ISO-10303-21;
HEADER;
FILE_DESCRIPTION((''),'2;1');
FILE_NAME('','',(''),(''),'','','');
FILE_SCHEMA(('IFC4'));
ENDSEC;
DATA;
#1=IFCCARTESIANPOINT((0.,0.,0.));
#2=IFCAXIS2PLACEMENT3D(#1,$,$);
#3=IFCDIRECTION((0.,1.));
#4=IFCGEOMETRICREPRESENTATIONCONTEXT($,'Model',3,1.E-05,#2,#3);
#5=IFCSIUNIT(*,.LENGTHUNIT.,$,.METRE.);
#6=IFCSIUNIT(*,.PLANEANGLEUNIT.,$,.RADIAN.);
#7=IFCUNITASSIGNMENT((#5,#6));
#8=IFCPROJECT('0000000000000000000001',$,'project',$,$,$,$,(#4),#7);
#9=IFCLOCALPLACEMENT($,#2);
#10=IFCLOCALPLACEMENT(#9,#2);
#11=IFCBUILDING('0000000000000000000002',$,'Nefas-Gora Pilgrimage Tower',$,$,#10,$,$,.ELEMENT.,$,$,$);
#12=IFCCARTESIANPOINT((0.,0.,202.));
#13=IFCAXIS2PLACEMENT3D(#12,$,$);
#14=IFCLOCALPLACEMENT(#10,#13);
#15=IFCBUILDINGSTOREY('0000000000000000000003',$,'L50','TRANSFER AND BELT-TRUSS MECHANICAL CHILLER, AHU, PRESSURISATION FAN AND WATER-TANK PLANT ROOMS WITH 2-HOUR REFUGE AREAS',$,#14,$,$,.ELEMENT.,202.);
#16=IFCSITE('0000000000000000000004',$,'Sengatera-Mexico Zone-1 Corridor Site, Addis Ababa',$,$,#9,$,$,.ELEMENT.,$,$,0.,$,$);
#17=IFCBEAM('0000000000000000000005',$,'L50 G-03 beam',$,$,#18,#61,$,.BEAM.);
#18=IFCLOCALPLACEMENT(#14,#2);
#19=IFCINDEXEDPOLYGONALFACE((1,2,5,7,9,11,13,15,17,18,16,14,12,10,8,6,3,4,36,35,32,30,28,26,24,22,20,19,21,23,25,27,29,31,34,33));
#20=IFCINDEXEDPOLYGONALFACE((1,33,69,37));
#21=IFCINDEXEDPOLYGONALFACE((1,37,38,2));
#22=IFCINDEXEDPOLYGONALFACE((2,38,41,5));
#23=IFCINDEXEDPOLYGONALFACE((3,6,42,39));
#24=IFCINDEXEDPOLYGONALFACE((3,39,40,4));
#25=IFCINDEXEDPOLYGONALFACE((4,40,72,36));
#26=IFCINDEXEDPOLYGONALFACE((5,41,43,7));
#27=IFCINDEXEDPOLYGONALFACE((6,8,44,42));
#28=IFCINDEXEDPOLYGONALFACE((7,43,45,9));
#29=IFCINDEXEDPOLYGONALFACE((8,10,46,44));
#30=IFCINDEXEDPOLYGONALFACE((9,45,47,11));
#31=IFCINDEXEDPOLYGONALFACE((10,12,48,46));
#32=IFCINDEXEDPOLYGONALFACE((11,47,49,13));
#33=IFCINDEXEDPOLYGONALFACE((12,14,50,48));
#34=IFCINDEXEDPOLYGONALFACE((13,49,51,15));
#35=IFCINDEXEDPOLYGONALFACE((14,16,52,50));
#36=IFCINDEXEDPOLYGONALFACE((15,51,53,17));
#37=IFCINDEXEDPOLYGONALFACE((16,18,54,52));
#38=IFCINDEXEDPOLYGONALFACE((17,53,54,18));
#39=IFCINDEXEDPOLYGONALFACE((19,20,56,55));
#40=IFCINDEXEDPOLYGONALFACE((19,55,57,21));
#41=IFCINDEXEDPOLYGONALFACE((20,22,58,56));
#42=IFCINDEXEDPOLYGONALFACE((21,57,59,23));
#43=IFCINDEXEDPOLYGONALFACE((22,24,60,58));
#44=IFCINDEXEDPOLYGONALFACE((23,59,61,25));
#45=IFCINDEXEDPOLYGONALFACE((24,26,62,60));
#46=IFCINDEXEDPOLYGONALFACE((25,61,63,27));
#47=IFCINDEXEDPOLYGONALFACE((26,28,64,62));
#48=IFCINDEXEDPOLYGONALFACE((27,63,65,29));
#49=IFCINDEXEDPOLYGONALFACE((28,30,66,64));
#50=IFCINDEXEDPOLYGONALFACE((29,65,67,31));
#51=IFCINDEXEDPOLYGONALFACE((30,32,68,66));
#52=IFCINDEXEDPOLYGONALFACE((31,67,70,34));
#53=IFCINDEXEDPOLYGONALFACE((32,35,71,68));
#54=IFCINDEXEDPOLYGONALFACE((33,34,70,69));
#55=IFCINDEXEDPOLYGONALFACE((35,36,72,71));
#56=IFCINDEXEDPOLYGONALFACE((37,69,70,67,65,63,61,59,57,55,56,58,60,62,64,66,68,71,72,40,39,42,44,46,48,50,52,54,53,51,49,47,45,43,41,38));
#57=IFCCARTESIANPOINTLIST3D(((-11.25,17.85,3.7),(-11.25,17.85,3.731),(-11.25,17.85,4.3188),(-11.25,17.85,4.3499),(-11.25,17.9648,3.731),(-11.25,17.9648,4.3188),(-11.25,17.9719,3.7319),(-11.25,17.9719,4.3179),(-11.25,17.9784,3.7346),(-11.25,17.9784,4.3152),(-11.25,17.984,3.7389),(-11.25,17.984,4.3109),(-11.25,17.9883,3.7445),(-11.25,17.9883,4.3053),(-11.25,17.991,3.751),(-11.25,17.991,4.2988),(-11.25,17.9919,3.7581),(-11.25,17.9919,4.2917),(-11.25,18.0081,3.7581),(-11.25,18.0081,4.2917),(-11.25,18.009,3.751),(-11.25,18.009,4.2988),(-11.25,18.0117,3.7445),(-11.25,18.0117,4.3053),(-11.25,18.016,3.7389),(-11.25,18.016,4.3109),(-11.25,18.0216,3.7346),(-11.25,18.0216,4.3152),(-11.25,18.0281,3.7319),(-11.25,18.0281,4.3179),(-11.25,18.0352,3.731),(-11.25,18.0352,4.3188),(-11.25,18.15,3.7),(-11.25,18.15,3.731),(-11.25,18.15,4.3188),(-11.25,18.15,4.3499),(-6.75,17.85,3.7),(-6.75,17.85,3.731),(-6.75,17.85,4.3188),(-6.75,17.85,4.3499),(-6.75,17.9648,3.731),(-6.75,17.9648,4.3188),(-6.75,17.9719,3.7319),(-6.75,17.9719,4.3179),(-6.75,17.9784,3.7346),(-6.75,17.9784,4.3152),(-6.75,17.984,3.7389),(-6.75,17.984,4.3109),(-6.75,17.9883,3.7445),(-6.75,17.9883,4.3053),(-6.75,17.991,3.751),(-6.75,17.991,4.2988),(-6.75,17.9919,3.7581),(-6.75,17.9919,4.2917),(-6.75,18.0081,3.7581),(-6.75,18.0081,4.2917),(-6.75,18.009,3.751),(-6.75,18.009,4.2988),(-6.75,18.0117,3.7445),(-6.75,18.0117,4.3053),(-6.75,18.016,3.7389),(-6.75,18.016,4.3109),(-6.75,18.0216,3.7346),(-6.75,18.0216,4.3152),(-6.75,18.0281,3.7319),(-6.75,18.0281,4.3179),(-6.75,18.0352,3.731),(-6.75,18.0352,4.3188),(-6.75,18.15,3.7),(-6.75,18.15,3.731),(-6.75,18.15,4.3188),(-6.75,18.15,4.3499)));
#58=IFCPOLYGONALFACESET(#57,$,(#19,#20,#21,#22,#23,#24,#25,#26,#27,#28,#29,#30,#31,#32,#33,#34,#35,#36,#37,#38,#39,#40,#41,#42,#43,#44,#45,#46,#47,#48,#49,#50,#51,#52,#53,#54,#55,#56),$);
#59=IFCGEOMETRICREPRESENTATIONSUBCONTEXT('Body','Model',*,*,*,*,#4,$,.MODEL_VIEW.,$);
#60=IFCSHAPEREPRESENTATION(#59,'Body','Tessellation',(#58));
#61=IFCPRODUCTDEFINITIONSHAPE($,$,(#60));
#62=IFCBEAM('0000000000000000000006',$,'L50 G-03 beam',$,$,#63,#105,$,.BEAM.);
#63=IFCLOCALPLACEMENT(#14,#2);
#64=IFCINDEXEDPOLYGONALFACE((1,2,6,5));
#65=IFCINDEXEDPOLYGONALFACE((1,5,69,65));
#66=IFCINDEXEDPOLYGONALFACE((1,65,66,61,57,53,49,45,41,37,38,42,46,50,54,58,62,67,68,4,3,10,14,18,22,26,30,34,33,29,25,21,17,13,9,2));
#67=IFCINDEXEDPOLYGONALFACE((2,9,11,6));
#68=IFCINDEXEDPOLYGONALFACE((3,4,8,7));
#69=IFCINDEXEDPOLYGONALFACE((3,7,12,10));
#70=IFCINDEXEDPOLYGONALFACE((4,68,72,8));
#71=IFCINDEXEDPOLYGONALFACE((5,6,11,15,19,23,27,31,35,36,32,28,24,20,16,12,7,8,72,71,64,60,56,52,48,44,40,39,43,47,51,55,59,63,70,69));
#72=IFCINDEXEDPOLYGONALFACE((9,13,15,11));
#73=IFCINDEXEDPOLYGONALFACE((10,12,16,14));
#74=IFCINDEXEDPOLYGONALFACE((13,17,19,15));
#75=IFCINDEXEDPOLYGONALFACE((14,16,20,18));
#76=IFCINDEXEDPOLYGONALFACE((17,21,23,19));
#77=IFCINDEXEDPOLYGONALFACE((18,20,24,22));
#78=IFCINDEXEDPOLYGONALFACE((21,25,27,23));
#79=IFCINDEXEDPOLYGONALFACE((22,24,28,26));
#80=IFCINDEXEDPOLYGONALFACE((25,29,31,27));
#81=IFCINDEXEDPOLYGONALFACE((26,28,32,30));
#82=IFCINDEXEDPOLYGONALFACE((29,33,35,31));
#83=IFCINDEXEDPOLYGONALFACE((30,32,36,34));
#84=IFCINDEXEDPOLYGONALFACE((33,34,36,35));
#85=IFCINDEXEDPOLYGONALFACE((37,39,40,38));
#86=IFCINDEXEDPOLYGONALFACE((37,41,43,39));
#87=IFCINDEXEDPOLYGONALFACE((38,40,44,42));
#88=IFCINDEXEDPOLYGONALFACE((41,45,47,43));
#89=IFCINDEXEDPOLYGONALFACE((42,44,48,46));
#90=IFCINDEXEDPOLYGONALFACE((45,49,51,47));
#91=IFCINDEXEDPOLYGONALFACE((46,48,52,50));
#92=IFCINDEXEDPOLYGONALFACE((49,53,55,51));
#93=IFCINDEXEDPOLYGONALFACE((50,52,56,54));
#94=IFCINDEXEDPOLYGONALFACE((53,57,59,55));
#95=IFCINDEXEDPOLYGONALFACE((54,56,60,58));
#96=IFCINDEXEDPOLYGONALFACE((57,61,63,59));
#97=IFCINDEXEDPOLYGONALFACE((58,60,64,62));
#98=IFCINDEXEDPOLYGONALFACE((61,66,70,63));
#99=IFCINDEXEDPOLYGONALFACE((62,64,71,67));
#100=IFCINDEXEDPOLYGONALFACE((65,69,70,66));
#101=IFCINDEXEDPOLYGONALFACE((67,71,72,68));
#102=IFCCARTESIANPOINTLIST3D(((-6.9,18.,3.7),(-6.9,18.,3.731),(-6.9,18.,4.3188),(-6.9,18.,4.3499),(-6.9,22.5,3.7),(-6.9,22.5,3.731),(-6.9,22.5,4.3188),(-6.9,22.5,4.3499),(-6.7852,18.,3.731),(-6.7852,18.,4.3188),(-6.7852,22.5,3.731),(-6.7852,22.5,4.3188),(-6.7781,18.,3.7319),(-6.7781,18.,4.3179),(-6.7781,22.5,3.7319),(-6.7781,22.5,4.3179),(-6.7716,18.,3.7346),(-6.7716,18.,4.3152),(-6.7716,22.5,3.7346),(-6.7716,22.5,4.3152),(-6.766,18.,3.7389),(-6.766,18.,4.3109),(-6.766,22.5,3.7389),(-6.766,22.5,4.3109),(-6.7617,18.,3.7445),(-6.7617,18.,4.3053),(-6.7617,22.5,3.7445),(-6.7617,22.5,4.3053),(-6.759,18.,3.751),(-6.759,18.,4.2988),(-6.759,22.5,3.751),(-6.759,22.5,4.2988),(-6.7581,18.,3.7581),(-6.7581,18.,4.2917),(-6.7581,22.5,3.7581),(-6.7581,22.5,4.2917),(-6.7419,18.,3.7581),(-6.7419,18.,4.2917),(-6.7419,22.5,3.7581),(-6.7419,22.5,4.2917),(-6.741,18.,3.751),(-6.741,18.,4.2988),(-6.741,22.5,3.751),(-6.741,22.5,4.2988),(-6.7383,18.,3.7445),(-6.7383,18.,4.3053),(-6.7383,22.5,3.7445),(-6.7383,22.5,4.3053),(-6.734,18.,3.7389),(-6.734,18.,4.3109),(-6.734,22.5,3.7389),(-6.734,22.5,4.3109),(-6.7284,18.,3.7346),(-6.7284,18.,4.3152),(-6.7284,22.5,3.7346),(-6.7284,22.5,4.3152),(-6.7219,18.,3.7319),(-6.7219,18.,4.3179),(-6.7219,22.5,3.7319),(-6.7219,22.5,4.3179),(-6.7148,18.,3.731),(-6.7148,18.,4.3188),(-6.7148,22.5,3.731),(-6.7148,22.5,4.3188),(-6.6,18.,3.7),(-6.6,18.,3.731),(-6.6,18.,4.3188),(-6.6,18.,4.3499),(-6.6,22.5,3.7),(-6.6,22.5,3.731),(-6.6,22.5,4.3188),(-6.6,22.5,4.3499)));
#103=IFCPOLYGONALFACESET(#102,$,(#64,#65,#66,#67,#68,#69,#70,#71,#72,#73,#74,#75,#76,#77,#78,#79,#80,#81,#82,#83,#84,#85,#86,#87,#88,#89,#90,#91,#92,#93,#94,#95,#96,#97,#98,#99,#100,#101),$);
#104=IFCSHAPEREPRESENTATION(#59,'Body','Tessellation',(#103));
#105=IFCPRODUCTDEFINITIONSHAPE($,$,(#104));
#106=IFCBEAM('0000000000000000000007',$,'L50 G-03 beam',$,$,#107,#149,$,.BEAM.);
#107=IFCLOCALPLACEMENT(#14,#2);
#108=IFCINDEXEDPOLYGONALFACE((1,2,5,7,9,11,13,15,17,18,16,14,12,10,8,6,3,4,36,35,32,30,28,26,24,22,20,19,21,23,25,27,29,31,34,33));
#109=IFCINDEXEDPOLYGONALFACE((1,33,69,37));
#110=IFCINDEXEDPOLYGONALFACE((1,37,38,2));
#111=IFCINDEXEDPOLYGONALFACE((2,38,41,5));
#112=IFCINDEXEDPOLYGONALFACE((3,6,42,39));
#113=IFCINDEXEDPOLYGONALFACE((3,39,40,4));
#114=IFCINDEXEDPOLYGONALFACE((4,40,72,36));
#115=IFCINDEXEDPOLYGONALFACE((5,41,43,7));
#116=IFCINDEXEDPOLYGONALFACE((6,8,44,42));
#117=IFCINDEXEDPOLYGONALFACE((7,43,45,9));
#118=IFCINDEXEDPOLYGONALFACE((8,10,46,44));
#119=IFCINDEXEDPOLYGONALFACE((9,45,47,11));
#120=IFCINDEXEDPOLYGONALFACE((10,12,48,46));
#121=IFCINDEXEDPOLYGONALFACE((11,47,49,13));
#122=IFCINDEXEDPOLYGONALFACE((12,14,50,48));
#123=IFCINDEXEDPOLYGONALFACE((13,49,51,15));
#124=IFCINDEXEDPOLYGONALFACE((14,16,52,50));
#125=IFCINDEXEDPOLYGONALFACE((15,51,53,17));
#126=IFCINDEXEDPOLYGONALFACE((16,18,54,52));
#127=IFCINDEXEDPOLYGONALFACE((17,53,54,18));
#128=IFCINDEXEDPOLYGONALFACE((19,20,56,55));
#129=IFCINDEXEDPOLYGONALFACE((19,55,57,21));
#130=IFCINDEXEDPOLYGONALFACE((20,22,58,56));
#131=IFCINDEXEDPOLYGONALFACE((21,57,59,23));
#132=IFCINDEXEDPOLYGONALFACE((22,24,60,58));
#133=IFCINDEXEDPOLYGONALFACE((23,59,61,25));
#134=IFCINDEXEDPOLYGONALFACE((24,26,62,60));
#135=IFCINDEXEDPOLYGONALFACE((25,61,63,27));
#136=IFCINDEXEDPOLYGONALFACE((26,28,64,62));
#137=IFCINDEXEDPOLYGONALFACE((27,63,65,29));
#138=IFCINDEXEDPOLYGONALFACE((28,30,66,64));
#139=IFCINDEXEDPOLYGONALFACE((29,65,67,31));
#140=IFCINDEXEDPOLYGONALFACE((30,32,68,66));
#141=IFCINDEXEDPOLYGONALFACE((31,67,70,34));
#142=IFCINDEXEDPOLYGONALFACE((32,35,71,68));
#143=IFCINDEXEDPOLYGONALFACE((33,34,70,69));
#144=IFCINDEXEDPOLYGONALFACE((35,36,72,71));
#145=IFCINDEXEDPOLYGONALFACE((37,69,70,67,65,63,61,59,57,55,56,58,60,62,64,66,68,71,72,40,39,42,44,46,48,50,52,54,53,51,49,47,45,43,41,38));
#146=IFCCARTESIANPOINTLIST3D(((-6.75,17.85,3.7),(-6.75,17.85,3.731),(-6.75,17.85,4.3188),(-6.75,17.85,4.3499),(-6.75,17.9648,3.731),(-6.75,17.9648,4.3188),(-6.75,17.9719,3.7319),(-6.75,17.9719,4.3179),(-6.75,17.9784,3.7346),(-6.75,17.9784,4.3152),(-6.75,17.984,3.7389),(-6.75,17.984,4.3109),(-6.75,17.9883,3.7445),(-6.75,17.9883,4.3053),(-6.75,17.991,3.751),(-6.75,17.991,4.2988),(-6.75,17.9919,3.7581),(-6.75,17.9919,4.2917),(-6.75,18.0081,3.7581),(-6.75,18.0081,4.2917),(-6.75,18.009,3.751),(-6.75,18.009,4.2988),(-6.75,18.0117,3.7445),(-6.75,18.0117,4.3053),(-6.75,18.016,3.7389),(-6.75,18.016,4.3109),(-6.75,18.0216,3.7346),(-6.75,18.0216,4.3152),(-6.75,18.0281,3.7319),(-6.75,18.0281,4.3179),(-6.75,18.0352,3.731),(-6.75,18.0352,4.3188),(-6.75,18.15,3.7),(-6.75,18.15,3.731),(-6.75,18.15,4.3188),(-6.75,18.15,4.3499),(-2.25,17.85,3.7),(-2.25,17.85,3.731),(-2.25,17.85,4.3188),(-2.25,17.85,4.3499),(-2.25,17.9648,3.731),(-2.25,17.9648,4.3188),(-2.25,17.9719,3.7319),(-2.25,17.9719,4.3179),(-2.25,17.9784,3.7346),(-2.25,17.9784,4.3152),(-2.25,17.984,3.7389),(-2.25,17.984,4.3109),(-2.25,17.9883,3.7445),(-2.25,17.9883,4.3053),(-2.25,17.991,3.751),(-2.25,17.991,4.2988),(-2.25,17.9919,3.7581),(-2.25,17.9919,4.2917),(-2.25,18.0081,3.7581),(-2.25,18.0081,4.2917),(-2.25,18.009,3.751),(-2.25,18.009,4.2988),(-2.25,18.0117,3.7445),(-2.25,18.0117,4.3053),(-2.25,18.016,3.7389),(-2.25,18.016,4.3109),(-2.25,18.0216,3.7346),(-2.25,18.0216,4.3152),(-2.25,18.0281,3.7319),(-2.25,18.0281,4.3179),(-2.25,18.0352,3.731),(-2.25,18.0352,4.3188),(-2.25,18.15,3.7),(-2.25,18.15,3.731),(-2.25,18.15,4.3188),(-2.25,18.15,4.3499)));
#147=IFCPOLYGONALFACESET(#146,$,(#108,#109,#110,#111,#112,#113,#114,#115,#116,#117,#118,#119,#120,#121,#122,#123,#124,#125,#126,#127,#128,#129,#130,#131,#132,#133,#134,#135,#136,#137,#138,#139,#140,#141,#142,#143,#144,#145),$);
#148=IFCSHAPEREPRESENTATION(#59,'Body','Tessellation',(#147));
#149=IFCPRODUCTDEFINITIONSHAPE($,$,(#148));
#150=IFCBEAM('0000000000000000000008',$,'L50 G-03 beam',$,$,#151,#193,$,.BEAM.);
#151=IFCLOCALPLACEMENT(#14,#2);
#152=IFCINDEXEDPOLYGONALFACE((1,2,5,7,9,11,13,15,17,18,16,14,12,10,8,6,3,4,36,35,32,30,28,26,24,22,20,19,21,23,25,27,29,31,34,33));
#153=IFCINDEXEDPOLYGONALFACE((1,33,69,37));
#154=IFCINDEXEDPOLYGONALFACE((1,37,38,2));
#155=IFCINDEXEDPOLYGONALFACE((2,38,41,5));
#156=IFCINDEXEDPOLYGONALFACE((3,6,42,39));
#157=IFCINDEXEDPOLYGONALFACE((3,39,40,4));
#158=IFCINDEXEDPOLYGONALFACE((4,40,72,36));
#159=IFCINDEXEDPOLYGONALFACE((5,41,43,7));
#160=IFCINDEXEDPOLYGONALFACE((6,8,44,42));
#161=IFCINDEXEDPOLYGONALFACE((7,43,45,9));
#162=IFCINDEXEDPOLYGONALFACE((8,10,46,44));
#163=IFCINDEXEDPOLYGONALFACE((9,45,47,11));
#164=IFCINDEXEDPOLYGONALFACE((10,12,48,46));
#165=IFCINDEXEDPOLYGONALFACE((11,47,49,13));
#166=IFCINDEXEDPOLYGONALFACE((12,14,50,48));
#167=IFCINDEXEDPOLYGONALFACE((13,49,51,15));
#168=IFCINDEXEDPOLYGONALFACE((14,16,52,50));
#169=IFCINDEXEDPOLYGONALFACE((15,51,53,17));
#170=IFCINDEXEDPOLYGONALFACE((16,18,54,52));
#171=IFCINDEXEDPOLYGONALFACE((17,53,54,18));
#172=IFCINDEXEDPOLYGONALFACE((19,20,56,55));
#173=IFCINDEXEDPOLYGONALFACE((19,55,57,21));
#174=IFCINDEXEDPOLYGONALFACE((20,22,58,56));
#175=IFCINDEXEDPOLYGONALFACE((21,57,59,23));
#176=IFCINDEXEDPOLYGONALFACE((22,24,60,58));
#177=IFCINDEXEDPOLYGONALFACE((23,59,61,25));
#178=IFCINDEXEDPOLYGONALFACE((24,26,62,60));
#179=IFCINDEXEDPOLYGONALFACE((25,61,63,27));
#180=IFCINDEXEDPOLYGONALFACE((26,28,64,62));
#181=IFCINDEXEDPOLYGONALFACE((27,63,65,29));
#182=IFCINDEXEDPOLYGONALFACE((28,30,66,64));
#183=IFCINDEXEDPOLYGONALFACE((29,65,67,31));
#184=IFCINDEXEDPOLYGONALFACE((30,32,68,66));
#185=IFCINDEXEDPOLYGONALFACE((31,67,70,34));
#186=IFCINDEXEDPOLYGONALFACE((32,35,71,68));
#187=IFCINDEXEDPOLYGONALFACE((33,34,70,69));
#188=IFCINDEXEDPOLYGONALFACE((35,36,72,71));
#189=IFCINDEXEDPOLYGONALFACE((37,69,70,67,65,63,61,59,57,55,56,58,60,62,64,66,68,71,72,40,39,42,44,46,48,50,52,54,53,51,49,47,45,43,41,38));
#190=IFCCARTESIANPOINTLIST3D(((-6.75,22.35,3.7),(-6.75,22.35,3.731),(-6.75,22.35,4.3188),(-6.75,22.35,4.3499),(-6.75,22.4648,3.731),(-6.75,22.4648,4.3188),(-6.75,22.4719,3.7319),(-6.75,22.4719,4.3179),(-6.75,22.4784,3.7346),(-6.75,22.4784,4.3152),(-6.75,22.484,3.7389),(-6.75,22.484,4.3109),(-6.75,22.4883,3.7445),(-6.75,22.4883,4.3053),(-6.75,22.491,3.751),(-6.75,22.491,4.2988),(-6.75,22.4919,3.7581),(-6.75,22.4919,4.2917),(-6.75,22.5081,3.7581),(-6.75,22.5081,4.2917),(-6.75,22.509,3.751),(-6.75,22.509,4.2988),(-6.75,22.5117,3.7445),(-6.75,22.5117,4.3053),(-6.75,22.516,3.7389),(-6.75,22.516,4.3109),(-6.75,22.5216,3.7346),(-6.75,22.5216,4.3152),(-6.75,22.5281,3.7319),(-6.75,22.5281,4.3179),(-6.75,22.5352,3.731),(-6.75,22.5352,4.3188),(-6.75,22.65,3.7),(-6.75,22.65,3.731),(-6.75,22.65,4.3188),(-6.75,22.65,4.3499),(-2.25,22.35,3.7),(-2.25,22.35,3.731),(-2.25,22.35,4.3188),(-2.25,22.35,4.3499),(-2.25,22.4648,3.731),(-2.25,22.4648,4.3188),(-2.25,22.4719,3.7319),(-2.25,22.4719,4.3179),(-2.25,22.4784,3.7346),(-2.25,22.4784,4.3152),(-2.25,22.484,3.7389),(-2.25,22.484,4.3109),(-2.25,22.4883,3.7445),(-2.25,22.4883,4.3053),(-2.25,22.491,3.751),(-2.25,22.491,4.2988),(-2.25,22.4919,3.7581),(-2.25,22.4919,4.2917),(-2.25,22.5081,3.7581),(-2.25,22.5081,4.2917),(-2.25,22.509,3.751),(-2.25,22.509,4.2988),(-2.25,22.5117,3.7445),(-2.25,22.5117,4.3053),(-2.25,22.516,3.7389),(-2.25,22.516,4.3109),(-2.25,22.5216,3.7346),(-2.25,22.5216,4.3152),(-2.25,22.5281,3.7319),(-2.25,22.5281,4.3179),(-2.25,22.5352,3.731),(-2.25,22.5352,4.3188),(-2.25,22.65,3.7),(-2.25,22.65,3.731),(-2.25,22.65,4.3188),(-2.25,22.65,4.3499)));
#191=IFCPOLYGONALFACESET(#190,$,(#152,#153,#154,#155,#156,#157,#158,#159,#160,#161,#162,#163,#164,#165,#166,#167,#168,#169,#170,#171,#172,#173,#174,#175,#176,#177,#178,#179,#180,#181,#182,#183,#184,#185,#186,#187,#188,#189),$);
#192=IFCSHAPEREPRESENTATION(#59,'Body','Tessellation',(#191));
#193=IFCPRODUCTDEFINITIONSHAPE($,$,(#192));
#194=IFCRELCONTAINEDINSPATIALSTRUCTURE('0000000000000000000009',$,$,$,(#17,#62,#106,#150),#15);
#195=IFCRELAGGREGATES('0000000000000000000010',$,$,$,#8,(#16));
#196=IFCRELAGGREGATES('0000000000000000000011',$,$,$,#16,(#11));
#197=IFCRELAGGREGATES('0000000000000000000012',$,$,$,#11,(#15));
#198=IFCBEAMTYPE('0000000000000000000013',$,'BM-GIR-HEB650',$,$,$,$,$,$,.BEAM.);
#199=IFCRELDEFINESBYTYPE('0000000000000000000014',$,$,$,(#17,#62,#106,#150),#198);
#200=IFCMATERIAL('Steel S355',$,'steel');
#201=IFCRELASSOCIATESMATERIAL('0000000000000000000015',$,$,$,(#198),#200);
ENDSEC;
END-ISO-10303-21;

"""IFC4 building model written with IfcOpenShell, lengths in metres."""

from ifc_helpers import new_model, si_unit, direction, frame, origin, origin_2d, place, context, subcontext, project, spatial, i_section, extrude, source, transform, mapped, material, material_profile, profile_set, type_object, element, save


model = new_model("IFC4")

# Units and contexts
model_context = context("Model", 3, precision=1e-05, world=origin(), true_north=direction((0.0, 1.0)))
body_context = subcontext(model_context, "Body", "Model", "MODEL_VIEW")
ifc_project = project(units=[si_unit("LENGTHUNIT", "METRE"), si_unit("PLANEANGLEUNIT", "RADIAN")], contexts=[model_context])

# Site, building, storey
site_placement = place(None, origin())
site = spatial("IfcSite", under=ifc_project, at=site_placement, Name="Sengatera-Mexico Zone-1 Corridor Site, Addis Ababa", CompositionType="ELEMENT", RefElevation=0.0)
building_placement = place(site_placement, origin())
building = spatial("IfcBuilding", under=site, at=building_placement, Name="Nefas-Gora Pilgrimage Tower", CompositionType="ELEMENT")
storey_placement = place(building_placement, frame((0.0, 0.0, 202.0)))
storey = spatial("IfcBuildingStorey", under=building, at=storey_placement, Name="L50", Description="TRANSFER AND BELT-TRUSS MECHANICAL CHILLER, AHU, PRESSURISATION FAN AND WATER-TANK PLANT ROOMS WITH 2-HOUR REFUGE AREAS", CompositionType="ELEMENT", Elevation=202.0)

# Beams
ifc_material_1 = material(Name="Steel S355", Category="steel")
ifc_material_profile_1 = material_profile(ifc_material_1, i_section(OverallWidth=0.3, OverallDepth=0.6499, WebThickness=0.0161, FlangeThickness=0.031, FilletRadius=0.0271, at=origin_2d()), Name="HEB 650")
ifc_profile_set_1 = profile_set([ifc_material_profile_1], Name="Steel S355")
beam_type = type_object("IfcBeamType", Name="BM-GIR-HEB650", PredefinedType="BEAM", material=ifc_profile_set_1)
shared_shape_1 = source(origin(), body_context, "Body", "SweptSolid", [
    extrude(i_section(OverallWidth=0.3, OverallDepth=0.6499, WebThickness=0.0161, FlangeThickness=0.031, FilletRadius=0.0271, at=origin_2d()), origin(), (0.0, 0.0, 1.0), 4.5),
])
for number, where, z_axis, x_axis, name in (
    (1, (-11.25, 18.0, 4.0249), (1.0, 0.0, 0.0), (0.0, 1.0, 0.0), "L50 G-03 beam"),
    (2, (-6.75, 18.0, 4.0249), (0.0, 1.0, 0.0), (-1.0, 0.0, 0.0), "L50 G-03 beam"),
    (3, (-6.75, 18.0, 4.0249), (1.0, 0.0, 0.0), (0.0, 1.0, 0.0), "L50 G-03 beam"),
    (4, (-6.75, 22.5, 4.0249), (1.0, 0.0, 0.0), (0.0, 1.0, 0.0), "L50 G-03 beam"),
):
    element("IfcBeam", number, at=place(storey_placement, frame(where, z_axis=z_axis, x_axis=x_axis)), inside=storey, type_object=beam_type, Name=name, PredefinedType="BEAM", context=body_context, shape_type="MappedRepresentation", body=[
        mapped(shared_shape_1, transform((0.0, 0.0, 0.0), x_axis=(1.0, 0.0, 0.0), y_axis=(0.0, 1.0, 0.0), z_axis=(0.0, 0.0, 1.0), scale=1.0)),
    ])

save(model, "model.ifc")
